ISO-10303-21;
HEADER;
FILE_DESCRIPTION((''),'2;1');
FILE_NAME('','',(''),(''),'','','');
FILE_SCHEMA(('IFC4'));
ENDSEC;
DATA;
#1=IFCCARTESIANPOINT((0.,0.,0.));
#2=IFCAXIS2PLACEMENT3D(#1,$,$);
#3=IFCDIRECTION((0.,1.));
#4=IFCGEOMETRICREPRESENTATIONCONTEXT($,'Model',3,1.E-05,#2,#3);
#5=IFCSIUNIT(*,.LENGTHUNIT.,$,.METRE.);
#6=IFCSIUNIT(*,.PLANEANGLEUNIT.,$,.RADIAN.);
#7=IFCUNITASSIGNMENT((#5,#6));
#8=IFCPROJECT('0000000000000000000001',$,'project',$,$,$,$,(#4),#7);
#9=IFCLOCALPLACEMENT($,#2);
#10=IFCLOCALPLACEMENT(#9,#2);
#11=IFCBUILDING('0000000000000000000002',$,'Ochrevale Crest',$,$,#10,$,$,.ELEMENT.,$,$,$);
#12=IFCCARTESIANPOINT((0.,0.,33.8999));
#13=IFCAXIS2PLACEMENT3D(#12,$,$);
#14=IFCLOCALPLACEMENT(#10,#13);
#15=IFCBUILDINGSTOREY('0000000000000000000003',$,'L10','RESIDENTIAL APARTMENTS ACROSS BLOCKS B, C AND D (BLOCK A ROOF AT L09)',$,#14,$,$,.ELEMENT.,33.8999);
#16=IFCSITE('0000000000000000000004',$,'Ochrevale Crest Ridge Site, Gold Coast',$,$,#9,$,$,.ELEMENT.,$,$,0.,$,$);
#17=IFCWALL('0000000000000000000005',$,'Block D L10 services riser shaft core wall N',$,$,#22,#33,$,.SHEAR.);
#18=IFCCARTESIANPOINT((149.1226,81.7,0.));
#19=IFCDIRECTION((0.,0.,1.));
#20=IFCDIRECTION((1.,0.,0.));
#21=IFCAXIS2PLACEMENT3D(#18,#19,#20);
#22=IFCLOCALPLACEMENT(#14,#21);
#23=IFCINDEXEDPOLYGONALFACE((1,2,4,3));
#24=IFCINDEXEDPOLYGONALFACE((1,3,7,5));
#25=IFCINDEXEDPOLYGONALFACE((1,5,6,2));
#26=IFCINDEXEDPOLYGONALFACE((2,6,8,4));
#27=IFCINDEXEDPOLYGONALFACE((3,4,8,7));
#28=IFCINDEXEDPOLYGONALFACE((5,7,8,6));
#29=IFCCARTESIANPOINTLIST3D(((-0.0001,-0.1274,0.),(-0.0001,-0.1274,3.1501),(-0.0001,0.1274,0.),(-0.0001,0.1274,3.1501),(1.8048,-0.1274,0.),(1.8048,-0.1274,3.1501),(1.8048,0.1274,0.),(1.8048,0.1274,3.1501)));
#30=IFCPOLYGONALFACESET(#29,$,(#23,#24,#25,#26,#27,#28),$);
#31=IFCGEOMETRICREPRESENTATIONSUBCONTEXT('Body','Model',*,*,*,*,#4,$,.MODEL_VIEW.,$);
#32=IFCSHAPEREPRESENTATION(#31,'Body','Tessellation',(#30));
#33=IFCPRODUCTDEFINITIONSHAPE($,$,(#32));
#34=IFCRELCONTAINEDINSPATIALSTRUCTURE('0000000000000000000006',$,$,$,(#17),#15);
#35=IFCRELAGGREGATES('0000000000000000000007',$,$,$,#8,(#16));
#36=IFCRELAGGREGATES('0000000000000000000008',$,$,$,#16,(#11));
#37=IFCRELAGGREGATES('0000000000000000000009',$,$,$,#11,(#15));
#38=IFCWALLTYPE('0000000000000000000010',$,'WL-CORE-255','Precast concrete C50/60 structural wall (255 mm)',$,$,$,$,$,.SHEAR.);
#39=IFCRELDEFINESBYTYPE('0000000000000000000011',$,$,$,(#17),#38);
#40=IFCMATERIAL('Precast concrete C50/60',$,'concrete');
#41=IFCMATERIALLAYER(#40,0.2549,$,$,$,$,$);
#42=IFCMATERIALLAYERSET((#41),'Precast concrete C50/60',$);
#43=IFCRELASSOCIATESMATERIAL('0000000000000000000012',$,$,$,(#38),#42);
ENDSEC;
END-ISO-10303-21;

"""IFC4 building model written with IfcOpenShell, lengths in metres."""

from ifc_helpers import new_model, si_unit, direction, frame, frame_2d, origin, place, context, subcontext, project, spatial, rectangle, extrude, material, layer, layer_set, type_object, element, save


model = new_model("IFC4")

# Units and contexts
model_context = context("Model", 3, precision=1e-05, world=origin(), true_north=direction((0.0, 1.0)))
body_context = subcontext(model_context, "Body", "Model", "MODEL_VIEW")
ifc_project = project(units=[si_unit("LENGTHUNIT", "METRE"), si_unit("PLANEANGLEUNIT", "RADIAN")], contexts=[model_context])

# Site, building, storey
site_placement = place(None, origin())
site = spatial("IfcSite", under=ifc_project, at=site_placement, Name="Ochrevale Crest Ridge Site, Gold Coast", CompositionType="ELEMENT", RefElevation=0.0)
building_placement = place(site_placement, origin())
building = spatial("IfcBuilding", under=site, at=building_placement, Name="Ochrevale Crest", CompositionType="ELEMENT")
storey_placement = place(building_placement, frame((0.0, 0.0, 33.8999)))
storey = spatial("IfcBuildingStorey", under=building, at=storey_placement, Name="L10", Description="RESIDENTIAL APARTMENTS ACROSS BLOCKS B, C AND D (BLOCK A ROOF AT L09)", CompositionType="ELEMENT", Elevation=33.8999)

# Shared definitions
ifc_material_1 = material(Name="Precast concrete C50/60", Category="concrete")

# Shared definitions
ifc_layer_1 = layer(ifc_material_1, 0.2549)
ifc_layer_set_1 = layer_set([ifc_layer_1], Name="Precast concrete C50/60")
wall_type_1 = type_object("IfcWallType", Name="WL-CORE-255", Description="Precast concrete C50/60 structural wall (255 mm)", PredefinedType="SHEAR", material=ifc_layer_set_1)

# Wall
wall_1_placement = place(storey_placement, frame((149.1226, 81.7, 0.0), z_axis=(0.0, 0.0, 1.0), x_axis=(1.0, 0.0, 0.0)))
element("IfcWall", 1, at=wall_1_placement, inside=storey, type_object=wall_type_1, Name="Block D L10 services riser shaft core wall N", PredefinedType="SHEAR", context=body_context, shape_type="SweptSolid", body=[
    extrude(rectangle(XDim=1.8049, YDim=0.2549, at=frame_2d((0.9023, 0.0))), origin(), (0.0, 0.0, 1.0), 3.1501),
])

save(model, "model.ifc")
